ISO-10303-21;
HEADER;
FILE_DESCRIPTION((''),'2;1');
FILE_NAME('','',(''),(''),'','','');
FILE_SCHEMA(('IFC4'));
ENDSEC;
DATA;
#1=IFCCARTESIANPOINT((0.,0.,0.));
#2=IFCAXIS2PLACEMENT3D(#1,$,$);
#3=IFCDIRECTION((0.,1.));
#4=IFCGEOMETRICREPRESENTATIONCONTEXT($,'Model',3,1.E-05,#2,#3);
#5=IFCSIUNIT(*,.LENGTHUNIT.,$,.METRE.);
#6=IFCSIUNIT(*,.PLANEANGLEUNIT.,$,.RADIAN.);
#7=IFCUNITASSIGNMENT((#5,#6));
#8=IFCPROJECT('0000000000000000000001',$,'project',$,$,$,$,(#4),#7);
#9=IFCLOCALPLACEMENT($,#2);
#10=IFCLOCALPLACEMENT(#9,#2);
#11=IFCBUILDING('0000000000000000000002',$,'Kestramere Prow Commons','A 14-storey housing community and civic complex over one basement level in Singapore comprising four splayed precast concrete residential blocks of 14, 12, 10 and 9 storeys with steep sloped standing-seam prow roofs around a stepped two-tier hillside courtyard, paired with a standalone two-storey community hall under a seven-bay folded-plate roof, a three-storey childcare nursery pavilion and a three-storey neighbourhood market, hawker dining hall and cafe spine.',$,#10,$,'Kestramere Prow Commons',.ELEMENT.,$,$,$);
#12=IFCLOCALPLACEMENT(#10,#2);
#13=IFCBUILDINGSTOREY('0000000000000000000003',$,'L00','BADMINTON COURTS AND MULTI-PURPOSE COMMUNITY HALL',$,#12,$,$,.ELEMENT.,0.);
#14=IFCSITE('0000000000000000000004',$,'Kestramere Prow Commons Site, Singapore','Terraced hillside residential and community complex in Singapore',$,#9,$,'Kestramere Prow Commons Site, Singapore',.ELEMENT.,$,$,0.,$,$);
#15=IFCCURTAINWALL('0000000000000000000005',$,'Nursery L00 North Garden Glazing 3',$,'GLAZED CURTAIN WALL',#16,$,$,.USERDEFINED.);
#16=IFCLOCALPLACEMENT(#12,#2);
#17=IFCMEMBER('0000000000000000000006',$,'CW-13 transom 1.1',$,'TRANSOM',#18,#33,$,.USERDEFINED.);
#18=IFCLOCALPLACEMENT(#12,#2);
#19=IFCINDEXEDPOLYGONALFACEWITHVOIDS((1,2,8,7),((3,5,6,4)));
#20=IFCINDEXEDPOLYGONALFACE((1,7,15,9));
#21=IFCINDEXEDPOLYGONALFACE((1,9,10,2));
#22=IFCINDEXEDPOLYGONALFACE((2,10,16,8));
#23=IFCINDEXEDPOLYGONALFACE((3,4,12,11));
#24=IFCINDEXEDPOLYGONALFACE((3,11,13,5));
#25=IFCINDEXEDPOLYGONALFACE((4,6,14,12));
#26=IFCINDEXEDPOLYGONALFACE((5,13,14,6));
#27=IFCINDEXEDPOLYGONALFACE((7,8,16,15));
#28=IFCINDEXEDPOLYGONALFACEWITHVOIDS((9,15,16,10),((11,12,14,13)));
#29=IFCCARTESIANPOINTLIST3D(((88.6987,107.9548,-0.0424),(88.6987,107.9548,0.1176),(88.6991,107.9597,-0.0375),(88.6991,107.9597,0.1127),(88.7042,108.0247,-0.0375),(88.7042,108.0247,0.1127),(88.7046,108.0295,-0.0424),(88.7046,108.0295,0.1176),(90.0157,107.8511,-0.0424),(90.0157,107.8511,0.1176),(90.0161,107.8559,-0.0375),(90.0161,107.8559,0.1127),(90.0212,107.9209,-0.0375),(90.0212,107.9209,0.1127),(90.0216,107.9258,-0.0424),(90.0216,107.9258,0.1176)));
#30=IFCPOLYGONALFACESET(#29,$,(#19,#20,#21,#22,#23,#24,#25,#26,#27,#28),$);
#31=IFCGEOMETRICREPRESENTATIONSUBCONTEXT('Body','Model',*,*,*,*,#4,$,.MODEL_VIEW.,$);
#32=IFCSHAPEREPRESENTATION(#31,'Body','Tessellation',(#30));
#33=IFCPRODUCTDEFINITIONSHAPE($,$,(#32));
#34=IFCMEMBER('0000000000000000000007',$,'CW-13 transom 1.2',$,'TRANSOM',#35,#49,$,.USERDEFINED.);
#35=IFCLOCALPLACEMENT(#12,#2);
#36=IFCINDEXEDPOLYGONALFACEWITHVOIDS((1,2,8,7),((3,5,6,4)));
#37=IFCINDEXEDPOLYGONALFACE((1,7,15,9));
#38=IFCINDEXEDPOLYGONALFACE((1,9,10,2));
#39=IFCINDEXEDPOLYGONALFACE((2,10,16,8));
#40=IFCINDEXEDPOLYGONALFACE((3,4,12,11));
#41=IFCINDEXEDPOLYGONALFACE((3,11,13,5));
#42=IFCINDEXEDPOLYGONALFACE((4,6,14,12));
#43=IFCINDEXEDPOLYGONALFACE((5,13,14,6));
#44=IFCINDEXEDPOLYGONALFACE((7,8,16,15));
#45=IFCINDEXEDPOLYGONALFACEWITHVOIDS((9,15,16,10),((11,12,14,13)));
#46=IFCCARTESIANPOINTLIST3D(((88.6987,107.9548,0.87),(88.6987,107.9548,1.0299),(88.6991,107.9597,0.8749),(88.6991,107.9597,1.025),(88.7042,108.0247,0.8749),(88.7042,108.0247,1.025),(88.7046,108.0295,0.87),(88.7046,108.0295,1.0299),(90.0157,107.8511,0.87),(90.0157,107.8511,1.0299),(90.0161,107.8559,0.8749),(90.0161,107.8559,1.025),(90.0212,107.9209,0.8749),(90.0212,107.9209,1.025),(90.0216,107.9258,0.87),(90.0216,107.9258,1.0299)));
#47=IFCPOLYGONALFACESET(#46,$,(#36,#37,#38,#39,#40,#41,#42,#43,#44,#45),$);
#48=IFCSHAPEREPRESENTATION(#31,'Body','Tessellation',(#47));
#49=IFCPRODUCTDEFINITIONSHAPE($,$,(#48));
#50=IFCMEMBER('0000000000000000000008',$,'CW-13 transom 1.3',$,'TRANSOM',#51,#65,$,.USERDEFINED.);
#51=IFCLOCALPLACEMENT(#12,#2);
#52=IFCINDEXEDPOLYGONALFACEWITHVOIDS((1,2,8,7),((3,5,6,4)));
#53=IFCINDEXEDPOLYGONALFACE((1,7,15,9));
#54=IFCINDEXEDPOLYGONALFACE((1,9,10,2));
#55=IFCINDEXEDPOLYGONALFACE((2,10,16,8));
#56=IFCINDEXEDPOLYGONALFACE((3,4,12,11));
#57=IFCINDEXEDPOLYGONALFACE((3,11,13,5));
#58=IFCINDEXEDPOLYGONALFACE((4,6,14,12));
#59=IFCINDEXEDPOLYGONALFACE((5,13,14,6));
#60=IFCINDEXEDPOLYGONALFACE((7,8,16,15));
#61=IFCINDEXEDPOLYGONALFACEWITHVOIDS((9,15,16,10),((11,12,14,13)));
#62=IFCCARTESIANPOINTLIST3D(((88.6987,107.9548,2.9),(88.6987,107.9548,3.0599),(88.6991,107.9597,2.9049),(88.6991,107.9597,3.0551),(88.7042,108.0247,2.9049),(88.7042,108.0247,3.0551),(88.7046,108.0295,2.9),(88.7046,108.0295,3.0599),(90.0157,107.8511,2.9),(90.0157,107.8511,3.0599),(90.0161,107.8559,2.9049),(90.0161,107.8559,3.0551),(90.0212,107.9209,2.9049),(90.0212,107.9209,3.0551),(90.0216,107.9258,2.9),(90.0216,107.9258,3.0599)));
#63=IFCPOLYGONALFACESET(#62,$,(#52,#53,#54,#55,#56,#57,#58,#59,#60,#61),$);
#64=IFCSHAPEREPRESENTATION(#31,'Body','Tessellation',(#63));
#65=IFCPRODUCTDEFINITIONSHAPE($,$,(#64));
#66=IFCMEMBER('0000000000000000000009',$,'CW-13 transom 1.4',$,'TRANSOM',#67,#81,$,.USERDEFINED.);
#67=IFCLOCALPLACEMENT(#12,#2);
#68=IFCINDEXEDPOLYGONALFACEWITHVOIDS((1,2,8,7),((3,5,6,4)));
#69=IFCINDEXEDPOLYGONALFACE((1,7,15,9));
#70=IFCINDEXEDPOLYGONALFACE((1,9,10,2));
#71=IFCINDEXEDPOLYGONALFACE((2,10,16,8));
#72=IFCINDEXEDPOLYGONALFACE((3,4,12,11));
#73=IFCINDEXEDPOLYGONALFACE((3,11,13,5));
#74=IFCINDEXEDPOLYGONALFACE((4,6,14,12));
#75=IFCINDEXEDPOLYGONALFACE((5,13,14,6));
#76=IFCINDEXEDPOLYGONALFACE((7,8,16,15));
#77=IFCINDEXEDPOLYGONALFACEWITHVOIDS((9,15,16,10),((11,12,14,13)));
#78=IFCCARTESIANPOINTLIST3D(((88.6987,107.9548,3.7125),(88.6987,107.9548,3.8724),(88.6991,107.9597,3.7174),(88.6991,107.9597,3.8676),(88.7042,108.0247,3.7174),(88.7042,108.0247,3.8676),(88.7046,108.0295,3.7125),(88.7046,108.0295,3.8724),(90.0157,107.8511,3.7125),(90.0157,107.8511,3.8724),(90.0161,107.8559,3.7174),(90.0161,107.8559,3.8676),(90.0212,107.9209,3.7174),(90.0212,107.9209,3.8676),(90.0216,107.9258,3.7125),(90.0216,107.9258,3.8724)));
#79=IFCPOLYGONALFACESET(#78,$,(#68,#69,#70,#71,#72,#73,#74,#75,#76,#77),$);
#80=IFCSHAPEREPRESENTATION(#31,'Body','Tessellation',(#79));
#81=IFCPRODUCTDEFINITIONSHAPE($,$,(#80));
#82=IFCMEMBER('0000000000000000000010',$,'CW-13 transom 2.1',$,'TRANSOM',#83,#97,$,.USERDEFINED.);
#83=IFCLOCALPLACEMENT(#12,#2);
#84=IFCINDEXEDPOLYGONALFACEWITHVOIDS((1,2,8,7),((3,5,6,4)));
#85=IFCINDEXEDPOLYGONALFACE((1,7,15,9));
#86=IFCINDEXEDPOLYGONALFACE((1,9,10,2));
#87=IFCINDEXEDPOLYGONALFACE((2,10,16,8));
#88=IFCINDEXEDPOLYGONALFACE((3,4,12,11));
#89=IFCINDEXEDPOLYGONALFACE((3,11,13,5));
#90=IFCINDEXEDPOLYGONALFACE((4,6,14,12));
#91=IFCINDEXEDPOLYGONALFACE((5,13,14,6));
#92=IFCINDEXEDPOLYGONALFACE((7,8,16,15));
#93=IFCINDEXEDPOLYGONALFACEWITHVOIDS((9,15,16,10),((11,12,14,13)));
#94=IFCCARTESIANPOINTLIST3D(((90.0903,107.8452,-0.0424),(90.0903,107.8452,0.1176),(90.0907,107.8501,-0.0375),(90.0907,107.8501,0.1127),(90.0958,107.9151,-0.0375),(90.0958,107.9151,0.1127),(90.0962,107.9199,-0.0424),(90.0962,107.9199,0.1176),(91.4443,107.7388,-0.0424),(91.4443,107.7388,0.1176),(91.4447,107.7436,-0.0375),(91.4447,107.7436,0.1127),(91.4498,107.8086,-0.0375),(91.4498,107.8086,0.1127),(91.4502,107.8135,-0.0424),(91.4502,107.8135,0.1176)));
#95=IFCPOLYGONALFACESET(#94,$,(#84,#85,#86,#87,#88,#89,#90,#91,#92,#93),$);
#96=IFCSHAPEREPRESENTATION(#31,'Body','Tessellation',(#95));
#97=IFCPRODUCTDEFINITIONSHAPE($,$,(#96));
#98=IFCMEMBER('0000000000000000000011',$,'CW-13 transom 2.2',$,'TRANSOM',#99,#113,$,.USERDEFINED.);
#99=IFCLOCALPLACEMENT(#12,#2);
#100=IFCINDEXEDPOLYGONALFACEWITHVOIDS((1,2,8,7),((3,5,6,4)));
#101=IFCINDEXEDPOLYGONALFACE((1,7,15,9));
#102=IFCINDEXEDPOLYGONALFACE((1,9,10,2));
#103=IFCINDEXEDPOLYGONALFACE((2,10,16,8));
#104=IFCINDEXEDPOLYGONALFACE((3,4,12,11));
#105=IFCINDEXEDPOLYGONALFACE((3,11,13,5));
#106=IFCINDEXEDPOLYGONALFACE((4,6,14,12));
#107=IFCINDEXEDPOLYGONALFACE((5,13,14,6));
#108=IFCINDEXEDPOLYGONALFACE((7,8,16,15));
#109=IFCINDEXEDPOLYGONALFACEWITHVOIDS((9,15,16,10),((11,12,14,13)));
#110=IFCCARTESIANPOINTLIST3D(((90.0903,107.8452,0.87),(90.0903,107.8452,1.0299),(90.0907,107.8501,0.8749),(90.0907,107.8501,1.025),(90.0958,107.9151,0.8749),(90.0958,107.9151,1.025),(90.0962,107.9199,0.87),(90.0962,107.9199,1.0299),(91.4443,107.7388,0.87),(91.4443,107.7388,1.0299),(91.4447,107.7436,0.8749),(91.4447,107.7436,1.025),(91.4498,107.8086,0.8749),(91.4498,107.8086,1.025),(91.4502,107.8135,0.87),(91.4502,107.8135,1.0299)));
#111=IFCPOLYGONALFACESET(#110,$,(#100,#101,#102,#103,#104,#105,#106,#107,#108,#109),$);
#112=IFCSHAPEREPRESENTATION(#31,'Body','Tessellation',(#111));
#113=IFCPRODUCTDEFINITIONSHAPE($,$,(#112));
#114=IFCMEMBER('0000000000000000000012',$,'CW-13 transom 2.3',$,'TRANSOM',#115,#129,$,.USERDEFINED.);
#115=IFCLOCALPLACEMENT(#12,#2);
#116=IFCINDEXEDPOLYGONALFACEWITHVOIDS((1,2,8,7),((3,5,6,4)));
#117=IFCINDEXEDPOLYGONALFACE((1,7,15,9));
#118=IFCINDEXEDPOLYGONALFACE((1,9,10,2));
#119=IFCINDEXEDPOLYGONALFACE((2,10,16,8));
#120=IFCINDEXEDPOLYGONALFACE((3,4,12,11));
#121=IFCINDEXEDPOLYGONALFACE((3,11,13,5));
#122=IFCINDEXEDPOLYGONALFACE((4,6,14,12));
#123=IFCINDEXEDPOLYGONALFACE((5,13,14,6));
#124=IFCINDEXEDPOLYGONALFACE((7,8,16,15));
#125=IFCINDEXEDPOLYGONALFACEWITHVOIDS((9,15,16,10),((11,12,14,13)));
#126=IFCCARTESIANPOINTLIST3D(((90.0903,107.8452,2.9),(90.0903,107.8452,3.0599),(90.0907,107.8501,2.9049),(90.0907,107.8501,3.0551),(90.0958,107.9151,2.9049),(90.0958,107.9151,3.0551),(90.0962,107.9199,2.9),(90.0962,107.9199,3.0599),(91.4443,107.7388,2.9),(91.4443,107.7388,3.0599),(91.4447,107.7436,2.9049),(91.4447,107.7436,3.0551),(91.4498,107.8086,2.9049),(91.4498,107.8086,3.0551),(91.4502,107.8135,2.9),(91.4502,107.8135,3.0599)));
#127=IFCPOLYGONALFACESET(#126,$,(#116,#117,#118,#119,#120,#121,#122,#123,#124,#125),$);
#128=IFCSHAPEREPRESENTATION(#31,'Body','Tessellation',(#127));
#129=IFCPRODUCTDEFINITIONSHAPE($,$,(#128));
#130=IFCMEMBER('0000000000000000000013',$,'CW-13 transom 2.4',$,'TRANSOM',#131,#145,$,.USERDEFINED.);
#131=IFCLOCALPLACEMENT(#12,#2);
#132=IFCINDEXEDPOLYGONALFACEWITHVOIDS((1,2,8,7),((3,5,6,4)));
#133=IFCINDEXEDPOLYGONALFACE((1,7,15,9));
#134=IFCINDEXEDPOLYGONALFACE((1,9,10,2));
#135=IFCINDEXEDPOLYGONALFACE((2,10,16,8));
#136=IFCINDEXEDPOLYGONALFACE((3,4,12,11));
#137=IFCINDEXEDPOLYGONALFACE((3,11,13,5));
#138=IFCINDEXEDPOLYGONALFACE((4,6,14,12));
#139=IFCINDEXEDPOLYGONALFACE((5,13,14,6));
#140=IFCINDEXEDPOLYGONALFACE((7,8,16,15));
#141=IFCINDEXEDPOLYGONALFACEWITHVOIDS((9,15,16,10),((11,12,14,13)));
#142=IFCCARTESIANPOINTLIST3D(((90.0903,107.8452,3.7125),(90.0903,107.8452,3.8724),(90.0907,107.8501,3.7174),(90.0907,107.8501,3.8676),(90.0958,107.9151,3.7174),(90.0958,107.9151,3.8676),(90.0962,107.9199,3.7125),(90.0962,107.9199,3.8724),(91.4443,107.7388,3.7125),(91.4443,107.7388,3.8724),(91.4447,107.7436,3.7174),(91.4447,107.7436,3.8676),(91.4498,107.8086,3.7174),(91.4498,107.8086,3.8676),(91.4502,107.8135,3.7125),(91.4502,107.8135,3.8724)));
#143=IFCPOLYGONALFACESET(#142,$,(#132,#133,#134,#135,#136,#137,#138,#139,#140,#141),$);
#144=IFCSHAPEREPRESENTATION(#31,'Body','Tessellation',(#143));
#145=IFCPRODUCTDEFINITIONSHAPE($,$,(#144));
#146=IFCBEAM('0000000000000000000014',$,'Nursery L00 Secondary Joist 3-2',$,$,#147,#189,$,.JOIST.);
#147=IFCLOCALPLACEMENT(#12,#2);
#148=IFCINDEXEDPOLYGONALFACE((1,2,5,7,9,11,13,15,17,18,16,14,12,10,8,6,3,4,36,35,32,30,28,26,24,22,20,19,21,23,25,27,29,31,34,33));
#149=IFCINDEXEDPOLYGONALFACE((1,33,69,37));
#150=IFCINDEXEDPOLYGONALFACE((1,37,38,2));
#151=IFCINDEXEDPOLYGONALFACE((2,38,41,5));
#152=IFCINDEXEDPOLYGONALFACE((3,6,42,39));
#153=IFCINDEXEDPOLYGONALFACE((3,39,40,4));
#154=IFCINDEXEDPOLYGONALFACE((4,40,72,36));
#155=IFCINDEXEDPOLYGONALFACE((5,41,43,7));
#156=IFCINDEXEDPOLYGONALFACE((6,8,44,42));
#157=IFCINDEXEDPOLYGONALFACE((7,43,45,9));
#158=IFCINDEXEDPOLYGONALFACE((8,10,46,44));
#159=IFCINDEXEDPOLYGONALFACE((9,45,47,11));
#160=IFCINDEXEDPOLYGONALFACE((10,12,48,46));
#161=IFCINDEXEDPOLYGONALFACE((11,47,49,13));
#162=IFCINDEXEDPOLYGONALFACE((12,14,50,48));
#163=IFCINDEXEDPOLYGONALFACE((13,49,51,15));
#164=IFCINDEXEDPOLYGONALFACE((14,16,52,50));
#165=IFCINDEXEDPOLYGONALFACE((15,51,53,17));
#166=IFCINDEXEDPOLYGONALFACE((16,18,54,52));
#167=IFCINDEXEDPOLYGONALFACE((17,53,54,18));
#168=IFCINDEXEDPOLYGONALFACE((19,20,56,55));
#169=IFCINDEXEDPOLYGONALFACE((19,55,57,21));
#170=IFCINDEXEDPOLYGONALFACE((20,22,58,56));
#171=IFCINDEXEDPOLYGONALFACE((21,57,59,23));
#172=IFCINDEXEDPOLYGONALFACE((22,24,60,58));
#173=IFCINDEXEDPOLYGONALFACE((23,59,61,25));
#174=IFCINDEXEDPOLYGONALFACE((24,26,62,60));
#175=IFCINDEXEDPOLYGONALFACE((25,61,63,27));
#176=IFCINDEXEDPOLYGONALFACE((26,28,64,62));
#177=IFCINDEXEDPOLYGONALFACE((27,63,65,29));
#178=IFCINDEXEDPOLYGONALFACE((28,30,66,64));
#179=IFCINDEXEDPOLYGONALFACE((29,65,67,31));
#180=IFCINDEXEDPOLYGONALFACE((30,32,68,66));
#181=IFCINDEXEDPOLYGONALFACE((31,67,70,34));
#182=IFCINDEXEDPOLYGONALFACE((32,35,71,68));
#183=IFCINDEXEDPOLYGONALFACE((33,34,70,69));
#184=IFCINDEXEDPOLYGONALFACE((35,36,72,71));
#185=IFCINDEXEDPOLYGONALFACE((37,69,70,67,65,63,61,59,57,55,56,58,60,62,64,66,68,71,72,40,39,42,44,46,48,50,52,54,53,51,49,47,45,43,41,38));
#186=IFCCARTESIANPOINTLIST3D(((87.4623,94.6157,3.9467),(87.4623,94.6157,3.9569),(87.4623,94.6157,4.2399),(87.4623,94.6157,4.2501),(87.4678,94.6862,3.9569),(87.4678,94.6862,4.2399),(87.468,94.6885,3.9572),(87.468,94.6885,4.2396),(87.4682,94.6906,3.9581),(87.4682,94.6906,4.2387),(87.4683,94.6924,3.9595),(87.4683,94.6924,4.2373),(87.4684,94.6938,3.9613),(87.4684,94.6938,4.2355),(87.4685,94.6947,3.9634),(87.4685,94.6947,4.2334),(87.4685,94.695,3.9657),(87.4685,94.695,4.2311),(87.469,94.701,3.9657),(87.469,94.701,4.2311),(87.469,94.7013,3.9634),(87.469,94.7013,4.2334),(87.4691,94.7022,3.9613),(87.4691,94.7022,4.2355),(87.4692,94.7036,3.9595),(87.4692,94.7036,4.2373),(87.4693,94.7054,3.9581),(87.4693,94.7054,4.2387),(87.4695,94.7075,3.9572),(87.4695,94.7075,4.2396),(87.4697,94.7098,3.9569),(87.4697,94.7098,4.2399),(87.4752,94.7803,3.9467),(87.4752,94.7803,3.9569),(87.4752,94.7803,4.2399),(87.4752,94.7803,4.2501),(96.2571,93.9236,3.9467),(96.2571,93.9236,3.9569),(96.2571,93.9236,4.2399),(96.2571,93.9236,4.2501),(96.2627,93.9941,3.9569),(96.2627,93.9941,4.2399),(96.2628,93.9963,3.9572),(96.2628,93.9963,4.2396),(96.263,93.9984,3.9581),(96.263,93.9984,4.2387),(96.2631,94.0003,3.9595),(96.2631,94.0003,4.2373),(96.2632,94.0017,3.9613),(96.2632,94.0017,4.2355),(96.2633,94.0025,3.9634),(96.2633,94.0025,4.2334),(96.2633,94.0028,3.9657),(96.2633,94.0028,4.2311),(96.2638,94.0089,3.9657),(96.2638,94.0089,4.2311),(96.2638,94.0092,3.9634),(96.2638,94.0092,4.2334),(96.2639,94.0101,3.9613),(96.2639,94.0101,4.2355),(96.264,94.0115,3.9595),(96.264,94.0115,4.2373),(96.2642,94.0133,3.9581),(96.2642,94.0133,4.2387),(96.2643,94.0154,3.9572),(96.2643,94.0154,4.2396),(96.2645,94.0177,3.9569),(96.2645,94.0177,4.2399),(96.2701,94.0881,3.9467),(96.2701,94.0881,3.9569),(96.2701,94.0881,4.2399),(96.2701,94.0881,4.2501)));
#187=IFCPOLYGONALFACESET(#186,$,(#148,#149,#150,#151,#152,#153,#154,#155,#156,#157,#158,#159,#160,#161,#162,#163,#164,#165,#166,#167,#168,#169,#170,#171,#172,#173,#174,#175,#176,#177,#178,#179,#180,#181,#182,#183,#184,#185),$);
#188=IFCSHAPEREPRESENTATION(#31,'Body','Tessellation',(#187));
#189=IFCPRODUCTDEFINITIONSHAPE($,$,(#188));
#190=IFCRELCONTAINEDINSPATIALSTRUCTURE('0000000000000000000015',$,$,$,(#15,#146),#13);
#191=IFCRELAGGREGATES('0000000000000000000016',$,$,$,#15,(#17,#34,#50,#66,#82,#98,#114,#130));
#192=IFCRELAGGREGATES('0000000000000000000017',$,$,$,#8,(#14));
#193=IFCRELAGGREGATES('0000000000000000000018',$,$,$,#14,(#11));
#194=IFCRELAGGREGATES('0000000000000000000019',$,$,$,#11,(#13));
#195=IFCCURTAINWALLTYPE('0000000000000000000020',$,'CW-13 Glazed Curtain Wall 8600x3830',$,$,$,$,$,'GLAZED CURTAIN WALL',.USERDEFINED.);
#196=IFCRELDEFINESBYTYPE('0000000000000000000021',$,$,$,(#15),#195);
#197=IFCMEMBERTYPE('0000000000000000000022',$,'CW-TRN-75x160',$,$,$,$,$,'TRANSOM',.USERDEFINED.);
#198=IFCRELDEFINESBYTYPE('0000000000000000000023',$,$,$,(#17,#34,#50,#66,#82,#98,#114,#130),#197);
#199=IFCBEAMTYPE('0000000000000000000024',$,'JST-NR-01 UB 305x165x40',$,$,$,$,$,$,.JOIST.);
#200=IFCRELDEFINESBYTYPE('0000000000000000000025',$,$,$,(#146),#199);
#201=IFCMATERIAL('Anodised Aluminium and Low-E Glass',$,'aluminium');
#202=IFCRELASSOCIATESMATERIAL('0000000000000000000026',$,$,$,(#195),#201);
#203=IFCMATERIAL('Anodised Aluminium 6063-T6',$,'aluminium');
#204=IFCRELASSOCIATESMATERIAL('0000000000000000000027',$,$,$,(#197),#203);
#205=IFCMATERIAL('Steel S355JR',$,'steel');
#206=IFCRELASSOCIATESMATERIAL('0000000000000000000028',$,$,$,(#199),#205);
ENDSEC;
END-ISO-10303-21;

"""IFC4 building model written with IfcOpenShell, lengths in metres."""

from ifc_helpers import new_model, si_unit, direction, frame, origin, origin_2d, place, context, subcontext, project, spatial, hollow_rectangle, i_section, extrude, material, material_profile, profile_set, type_object, element, aggregate, save


model = new_model("IFC4")

# Units and contexts
model_context = context("Model", 3, precision=1e-05, world=origin(), true_north=direction((0.0, 1.0)))
body_context = subcontext(model_context, "Body", "Model", "MODEL_VIEW")
ifc_project = project(units=[si_unit("LENGTHUNIT", "METRE"), si_unit("PLANEANGLEUNIT", "RADIAN")], contexts=[model_context])

# Site, building, storey
site_placement = place(None, origin())
site = spatial("IfcSite", under=ifc_project, at=site_placement, Name="Kestramere Prow Commons Site, Singapore", Description="Terraced hillside residential and community complex in Singapore", LongName="Kestramere Prow Commons Site, Singapore", CompositionType="ELEMENT", RefElevation=0.0)
building_placement = place(site_placement, origin())
building = spatial("IfcBuilding", under=site, at=building_placement, Name="Kestramere Prow Commons", Description="A 14-storey housing community and civic complex over one basement level in Singapore comprising four splayed precast concrete residential blocks of 14, 12, 10 and 9 storeys with steep sloped standing-seam prow roofs around a stepped two-tier hillside courtyard, paired with a standalone two-storey community hall under a seven-bay folded-plate roof, a three-storey childcare nursery pavilion and a three-storey neighbourhood market, hawker dining hall and cafe spine.", LongName="Kestramere Prow Commons", CompositionType="ELEMENT")
storey_placement = place(building_placement, origin())
storey = spatial("IfcBuildingStorey", under=building, at=storey_placement, Name="L00", Description="BADMINTON COURTS AND MULTI-PURPOSE COMMUNITY HALL", CompositionType="ELEMENT", Elevation=0.0)

# Shared definitions
ifc_material_1 = material(Name="Steel S355JR", Category="steel")

# Curtain wall, members
ifc_material_2 = material(Name="Anodised Aluminium and Low-E Glass", Category="aluminium")
curtain_wall_type = type_object("IfcCurtainWallType", Name="CW-13 Glazed Curtain Wall 8600x3830", ElementType="GLAZED CURTAIN WALL", PredefinedType="USERDEFINED", material=ifc_material_2)
curtain_wall_placement = place(storey_placement, origin())
curtain_wall = element("IfcCurtainWall", 1, at=curtain_wall_placement, inside=storey, type_object=curtain_wall_type, Name="Nursery L00 North Garden Glazing 3", ObjectType="GLAZED CURTAIN WALL", PredefinedType="USERDEFINED")
ifc_material_3 = material(Name="Anodised Aluminium 6063-T6", Category="aluminium")
ifc_material_profile_1 = material_profile(ifc_material_3, hollow_rectangle(XDim=0.075, YDim=0.1599, WallThickness=0.0049, at=origin_2d()), Name="ALU-TRN 75x160")
ifc_profile_set_1 = profile_set([ifc_material_profile_1], Name="Anodised Aluminium 6063-T6")
member_type_1 = type_object("IfcMemberType", Name="CW-TRN-75x160", ElementType="TRANSOM", PredefinedType="USERDEFINED", material=ifc_profile_set_1)
member_1_placement = place(storey_placement, frame((88.7017, 107.9922, 0.0376), z_axis=(0.99691, -0.078548, 0.0), x_axis=(0.078548, 0.99691, 0.0)))
member_1 = element("IfcMember", 2, at=member_1_placement, type_object=member_type_1, Name="CW-13 transom 1.1", ObjectType="TRANSOM", PredefinedType="USERDEFINED", context=body_context, shape_type="SweptSolid", body=[
    extrude(hollow_rectangle(XDim=0.075, YDim=0.1599, WallThickness=0.0049, at=origin_2d()), origin(), (0.0, 0.0, 1.0), 1.321),
])
member_2_placement = place(storey_placement, frame((88.7017, 107.9922, 0.95), z_axis=(0.99691, -0.078548, 0.0), x_axis=(0.078548, 0.99691, 0.0)))
member_2 = element("IfcMember", 3, at=member_2_placement, type_object=member_type_1, Name="CW-13 transom 1.2", ObjectType="TRANSOM", PredefinedType="USERDEFINED", context=body_context, shape_type="SweptSolid", body=[
    extrude(hollow_rectangle(XDim=0.075, YDim=0.1599, WallThickness=0.0049, at=origin_2d()), origin(), (0.0, 0.0, 1.0), 1.321),
])
member_3_placement = place(storey_placement, frame((88.7017, 107.9922, 2.98), z_axis=(0.99691, -0.078548, 0.0), x_axis=(0.078548, 0.99691, 0.0)))
member_3 = element("IfcMember", 4, at=member_3_placement, type_object=member_type_1, Name="CW-13 transom 1.3", ObjectType="TRANSOM", PredefinedType="USERDEFINED", context=body_context, shape_type="SweptSolid", body=[
    extrude(hollow_rectangle(XDim=0.075, YDim=0.1599, WallThickness=0.0049, at=origin_2d()), origin(), (0.0, 0.0, 1.0), 1.321),
])
member_4_placement = place(storey_placement, frame((88.7017, 107.9922, 3.7925), z_axis=(0.99691, -0.078548, 0.0), x_axis=(0.078548, 0.99691, 0.0)))
member_4 = element("IfcMember", 5, at=member_4_placement, type_object=member_type_1, Name="CW-13 transom 1.4", ObjectType="TRANSOM", PredefinedType="USERDEFINED", context=body_context, shape_type="SweptSolid", body=[
    extrude(hollow_rectangle(XDim=0.075, YDim=0.1599, WallThickness=0.0049, at=origin_2d()), origin(), (0.0, 0.0, 1.0), 1.321),
])
member_5_placement = place(storey_placement, frame((90.0933, 107.8826, 0.0376), z_axis=(0.996924, -0.078373, 0.0), x_axis=(0.078373, 0.996924, 0.0)))
member_5 = element("IfcMember", 6, at=member_5_placement, type_object=member_type_1, Name="CW-13 transom 2.1", ObjectType="TRANSOM", PredefinedType="USERDEFINED", context=body_context, shape_type="SweptSolid", body=[
    extrude(hollow_rectangle(XDim=0.075, YDim=0.1599, WallThickness=0.0049, at=origin_2d()), origin(), (0.0, 0.0, 1.0), 1.3582),
])
member_6_placement = place(storey_placement, frame((90.0933, 107.8826, 0.95), z_axis=(0.996924, -0.078373, 0.0), x_axis=(0.078373, 0.996924, 0.0)))
member_6 = element("IfcMember", 7, at=member_6_placement, type_object=member_type_1, Name="CW-13 transom 2.2", ObjectType="TRANSOM", PredefinedType="USERDEFINED", context=body_context, shape_type="SweptSolid", body=[
    extrude(hollow_rectangle(XDim=0.075, YDim=0.1599, WallThickness=0.0049, at=origin_2d()), origin(), (0.0, 0.0, 1.0), 1.3582),
])
member_7_placement = place(storey_placement, frame((90.0933, 107.8826, 2.98), z_axis=(0.996924, -0.078373, 0.0), x_axis=(0.078373, 0.996924, 0.0)))
member_7 = element("IfcMember", 8, at=member_7_placement, type_object=member_type_1, Name="CW-13 transom 2.3", ObjectType="TRANSOM", PredefinedType="USERDEFINED", context=body_context, shape_type="SweptSolid", body=[
    extrude(hollow_rectangle(XDim=0.075, YDim=0.1599, WallThickness=0.0049, at=origin_2d()), origin(), (0.0, 0.0, 1.0), 1.3582),
])
member_8_placement = place(storey_placement, frame((90.0933, 107.8826, 3.7925), z_axis=(0.996924, -0.078373, 0.0), x_axis=(0.078373, 0.996924, 0.0)))
member_8 = element("IfcMember", 9, at=member_8_placement, type_object=member_type_1, Name="CW-13 transom 2.4", ObjectType="TRANSOM", PredefinedType="USERDEFINED", context=body_context, shape_type="SweptSolid", body=[
    extrude(hollow_rectangle(XDim=0.075, YDim=0.1599, WallThickness=0.0049, at=origin_2d()), origin(), (0.0, 0.0, 1.0), 1.3582),
])

# Beam
ifc_material_profile_2 = material_profile(ifc_material_1, i_section(OverallWidth=0.165, OverallDepth=0.3035, WebThickness=0.0061, FlangeThickness=0.0103, FilletRadius=0.0088, at=origin_2d()), Name="UB 305x165x40")
ifc_profile_set_2 = profile_set([ifc_material_profile_2], Name="Steel S355JR")
beam_type_1 = type_object("IfcBeamType", Name="JST-NR-01 UB 305x165x40", PredefinedType="JOIST", material=ifc_profile_set_2)
for number, where, z_axis, x_axis, name in (
    (10, (87.4688, 94.698, 4.0984), (0.996918, -0.078455, 0.0), (0.078455, 0.996918, 0.0), "Nursery L00 Secondary Joist 3-2"),
):
    element("IfcBeam", number, at=place(storey_placement, frame(where, z_axis=z_axis, x_axis=x_axis)), inside=storey, type_object=beam_type_1, Name=name, PredefinedType="JOIST", context=body_context, shape_type="SweptSolid", body=[
        extrude(i_section(OverallWidth=0.165, OverallDepth=0.3035, WebThickness=0.0061, FlangeThickness=0.0103, FilletRadius=0.0088, at=origin_2d()), origin(), (0.0, 0.0, 1.0), 8.822),
    ])

aggregate(curtain_wall, [member_1, member_2, member_3, member_4, member_5, member_6, member_7, member_8])

save(model, "model.ifc")
